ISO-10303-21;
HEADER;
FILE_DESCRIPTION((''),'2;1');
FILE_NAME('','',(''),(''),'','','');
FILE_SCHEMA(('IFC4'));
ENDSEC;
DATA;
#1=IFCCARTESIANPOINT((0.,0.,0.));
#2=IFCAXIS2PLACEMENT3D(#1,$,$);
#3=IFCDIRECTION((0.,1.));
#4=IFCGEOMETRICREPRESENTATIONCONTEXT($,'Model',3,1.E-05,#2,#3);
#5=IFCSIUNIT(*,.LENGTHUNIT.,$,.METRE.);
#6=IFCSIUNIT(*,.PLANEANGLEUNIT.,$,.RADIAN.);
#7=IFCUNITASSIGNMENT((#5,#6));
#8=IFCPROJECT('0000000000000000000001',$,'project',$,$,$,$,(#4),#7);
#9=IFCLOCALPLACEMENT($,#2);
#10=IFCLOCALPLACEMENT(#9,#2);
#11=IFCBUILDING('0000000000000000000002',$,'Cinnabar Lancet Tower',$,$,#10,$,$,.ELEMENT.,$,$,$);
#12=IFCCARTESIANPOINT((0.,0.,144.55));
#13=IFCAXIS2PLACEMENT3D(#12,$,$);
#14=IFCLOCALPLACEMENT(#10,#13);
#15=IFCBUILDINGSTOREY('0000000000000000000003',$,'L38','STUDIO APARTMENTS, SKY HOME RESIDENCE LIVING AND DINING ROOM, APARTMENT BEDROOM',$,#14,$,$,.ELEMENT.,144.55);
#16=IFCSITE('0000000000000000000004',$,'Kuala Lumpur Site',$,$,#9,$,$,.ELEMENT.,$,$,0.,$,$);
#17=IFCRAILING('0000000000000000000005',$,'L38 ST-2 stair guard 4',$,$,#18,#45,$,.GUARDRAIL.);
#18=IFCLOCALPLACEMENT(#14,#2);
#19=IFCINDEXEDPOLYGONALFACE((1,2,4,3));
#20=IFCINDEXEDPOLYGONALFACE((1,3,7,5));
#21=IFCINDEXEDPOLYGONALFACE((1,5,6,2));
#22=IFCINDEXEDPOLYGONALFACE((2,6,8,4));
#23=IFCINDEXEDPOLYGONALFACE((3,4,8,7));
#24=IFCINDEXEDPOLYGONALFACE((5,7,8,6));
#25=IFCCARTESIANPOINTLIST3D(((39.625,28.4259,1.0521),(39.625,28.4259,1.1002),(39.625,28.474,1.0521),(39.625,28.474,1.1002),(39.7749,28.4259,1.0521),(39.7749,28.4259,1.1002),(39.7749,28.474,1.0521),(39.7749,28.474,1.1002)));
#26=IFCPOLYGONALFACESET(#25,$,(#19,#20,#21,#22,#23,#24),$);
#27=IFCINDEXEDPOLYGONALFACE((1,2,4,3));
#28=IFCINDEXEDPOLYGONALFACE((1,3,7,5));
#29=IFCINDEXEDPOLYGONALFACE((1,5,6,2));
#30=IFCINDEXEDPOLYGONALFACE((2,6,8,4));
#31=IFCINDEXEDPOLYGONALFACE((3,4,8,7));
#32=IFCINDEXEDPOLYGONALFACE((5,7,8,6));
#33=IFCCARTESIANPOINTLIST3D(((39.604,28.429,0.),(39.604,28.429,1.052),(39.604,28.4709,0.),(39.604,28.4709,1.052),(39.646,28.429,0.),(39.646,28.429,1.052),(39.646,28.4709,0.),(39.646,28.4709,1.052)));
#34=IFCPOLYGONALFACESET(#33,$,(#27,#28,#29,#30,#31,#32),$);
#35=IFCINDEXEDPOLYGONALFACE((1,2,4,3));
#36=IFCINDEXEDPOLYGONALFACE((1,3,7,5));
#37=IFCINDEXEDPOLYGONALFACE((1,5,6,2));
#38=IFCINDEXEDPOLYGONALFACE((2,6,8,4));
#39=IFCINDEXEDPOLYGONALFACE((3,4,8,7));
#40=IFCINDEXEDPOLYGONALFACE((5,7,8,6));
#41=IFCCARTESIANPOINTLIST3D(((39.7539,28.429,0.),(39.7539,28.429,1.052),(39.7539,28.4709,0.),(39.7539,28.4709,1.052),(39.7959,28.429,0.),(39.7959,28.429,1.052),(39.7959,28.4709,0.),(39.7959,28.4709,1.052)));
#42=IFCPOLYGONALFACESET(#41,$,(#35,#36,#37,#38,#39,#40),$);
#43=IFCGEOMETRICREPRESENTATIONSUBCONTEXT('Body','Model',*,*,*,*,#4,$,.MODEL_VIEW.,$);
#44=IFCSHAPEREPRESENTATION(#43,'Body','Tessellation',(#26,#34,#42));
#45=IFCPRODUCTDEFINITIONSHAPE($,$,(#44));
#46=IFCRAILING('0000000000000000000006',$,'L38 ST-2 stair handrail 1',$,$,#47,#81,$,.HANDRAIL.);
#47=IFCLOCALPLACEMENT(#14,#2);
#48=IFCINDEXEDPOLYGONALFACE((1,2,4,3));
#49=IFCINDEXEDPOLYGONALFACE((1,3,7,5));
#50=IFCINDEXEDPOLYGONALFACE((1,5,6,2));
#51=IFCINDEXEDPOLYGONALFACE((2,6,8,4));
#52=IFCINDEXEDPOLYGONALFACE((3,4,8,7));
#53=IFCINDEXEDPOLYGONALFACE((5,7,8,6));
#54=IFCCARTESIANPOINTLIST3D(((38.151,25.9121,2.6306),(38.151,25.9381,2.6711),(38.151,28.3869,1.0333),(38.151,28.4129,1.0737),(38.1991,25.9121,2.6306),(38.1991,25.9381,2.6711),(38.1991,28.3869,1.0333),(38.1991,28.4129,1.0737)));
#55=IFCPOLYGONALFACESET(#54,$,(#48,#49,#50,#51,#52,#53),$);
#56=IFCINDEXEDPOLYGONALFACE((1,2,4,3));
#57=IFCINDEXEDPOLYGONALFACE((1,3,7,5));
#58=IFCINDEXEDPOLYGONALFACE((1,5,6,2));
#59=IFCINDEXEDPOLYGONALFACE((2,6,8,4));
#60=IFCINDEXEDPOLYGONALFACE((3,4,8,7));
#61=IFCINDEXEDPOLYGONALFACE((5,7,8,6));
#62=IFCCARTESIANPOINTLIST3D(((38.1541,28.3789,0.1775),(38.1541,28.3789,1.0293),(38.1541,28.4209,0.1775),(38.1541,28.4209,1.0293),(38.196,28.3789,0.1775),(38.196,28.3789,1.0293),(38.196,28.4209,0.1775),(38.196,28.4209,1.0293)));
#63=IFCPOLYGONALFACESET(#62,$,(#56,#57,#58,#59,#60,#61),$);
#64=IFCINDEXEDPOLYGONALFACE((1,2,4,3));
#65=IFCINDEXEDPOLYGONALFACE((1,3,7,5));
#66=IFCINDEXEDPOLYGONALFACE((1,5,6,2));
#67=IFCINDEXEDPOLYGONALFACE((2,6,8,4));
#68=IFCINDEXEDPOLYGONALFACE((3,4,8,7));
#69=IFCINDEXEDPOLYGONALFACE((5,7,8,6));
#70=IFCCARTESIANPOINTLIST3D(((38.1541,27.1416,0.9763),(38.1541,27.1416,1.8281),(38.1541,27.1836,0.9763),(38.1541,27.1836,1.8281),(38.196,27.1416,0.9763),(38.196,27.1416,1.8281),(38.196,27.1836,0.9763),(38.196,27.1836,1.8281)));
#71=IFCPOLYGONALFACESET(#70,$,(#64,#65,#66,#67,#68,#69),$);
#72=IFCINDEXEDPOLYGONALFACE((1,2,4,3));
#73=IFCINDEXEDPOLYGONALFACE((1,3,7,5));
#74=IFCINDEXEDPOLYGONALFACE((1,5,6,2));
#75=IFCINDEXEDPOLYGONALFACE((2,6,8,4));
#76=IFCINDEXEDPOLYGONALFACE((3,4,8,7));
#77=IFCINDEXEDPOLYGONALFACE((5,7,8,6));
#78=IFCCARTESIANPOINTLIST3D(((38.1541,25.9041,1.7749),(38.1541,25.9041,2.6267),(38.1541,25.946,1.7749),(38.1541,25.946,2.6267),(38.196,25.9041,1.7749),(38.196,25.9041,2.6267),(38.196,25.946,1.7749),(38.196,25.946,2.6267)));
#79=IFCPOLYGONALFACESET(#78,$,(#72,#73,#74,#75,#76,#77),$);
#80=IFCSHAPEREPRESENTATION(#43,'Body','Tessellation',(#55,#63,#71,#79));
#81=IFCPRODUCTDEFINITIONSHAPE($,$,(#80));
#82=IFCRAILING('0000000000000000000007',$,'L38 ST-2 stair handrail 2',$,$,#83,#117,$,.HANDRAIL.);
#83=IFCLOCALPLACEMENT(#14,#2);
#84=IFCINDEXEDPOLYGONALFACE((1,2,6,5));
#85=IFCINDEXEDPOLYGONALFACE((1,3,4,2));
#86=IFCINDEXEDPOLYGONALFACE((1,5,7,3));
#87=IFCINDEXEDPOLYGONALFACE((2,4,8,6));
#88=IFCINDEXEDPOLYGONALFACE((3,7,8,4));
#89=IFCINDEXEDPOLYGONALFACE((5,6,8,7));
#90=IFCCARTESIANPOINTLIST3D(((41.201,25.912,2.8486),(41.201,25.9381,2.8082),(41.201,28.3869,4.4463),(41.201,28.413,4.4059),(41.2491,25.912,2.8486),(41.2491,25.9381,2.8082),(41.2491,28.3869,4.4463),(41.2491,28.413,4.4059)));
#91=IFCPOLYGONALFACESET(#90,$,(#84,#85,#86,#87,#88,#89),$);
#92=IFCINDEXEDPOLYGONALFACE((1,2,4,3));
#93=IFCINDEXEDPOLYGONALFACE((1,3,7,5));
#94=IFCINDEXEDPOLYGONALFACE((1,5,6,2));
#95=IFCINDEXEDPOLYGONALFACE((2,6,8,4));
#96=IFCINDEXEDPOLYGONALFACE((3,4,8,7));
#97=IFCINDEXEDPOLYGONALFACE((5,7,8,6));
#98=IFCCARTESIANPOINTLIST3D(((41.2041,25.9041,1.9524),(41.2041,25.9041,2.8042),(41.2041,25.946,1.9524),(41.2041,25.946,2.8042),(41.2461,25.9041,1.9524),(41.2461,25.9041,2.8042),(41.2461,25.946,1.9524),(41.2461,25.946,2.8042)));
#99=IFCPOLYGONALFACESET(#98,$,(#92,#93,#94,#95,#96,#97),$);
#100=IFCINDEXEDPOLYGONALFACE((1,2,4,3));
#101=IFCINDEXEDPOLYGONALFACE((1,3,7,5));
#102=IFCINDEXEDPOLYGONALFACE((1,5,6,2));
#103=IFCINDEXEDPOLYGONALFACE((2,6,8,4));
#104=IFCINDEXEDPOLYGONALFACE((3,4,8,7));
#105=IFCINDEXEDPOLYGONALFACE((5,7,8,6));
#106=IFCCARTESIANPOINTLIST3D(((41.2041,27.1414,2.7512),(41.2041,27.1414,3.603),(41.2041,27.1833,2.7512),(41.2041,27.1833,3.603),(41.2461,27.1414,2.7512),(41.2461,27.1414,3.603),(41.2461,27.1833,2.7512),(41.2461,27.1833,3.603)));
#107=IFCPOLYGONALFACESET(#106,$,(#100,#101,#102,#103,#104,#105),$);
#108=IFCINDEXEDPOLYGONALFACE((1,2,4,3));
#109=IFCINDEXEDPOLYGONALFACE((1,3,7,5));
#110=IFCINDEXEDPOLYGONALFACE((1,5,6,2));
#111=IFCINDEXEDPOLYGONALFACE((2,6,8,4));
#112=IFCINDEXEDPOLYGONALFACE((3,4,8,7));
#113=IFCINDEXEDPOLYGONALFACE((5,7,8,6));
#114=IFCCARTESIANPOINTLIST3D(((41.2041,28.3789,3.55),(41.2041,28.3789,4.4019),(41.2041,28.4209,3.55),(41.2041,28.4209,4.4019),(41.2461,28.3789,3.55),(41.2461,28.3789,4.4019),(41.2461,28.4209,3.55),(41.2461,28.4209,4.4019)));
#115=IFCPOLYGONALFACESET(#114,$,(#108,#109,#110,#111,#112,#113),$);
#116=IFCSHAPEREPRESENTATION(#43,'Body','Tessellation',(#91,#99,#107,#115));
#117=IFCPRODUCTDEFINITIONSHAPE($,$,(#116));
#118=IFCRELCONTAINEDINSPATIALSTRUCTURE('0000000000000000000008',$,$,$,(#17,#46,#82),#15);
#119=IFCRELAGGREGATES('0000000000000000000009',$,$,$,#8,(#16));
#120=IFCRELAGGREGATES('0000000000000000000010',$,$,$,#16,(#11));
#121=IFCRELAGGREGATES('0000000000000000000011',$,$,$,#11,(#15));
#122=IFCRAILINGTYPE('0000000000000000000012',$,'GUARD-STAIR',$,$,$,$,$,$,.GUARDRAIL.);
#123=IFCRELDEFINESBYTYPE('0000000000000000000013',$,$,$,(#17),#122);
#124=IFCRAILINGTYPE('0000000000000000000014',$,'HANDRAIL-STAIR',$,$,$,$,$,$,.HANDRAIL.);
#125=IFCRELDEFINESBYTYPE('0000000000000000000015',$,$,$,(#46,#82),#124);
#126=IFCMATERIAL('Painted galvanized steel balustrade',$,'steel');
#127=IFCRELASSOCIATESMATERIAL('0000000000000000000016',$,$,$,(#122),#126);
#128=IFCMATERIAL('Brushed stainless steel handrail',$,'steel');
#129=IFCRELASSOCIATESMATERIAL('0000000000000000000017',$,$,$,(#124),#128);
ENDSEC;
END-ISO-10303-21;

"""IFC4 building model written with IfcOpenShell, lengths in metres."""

from ifc_helpers import new_model, si_unit, direction, frame, origin, origin_2d, place, context, subcontext, project, spatial, rectangle, extrude, material, type_object, element, save


model = new_model("IFC4")

# Units and contexts
model_context = context("Model", 3, precision=1e-05, world=origin(), true_north=direction((0.0, 1.0)))
body_context = subcontext(model_context, "Body", "Model", "MODEL_VIEW")
ifc_project = project(units=[si_unit("LENGTHUNIT", "METRE"), si_unit("PLANEANGLEUNIT", "RADIAN")], contexts=[model_context])

# Site, building, storey
site_placement = place(None, origin())
site = spatial("IfcSite", under=ifc_project, at=site_placement, Name="Kuala Lumpur Site", CompositionType="ELEMENT", RefElevation=0.0)
building_placement = place(site_placement, origin())
building = spatial("IfcBuilding", under=site, at=building_placement, Name="Cinnabar Lancet Tower", CompositionType="ELEMENT")
storey_placement = place(building_placement, frame((0.0, 0.0, 144.55)))
storey = spatial("IfcBuildingStorey", under=building, at=storey_placement, Name="L38", Description="STUDIO APARTMENTS, SKY HOME RESIDENCE LIVING AND DINING ROOM, APARTMENT BEDROOM", CompositionType="ELEMENT", Elevation=144.55)

# Railings
ifc_material_1 = material(Name="Painted galvanized steel balustrade", Category="steel")
railing_type_1 = type_object("IfcRailingType", Name="GUARD-STAIR", PredefinedType="GUARDRAIL", material=ifc_material_1)
railing_1_placement = place(storey_placement, frame((39.625, 28.45, 0.0)))
element("IfcRailing", 1, at=railing_1_placement, inside=storey, type_object=railing_type_1, Name="L38 ST-2 stair guard 4", PredefinedType="GUARDRAIL", context=body_context, shape_type="SweptSolid", body=[
    extrude(rectangle(XDim=0.0481, YDim=0.0481, at=origin_2d()), frame((0.0, 0.0, 1.0762), z_axis=(1.0, 0.0, 0.0), x_axis=(0.0, 1.0, 0.0)), (0.0, 0.0, 1.0), 0.1499),
    extrude(rectangle(XDim=0.042, YDim=0.042, at=origin_2d()), origin(), (0.0, 0.0, 1.0), 1.052),
    extrude(rectangle(XDim=0.042, YDim=0.042, at=origin_2d()), frame((0.1499, 0.0, 0.0)), (0.0, 0.0, 1.0), 1.052),
])
ifc_material_2 = material(Name="Brushed stainless steel handrail", Category="steel")
railing_type_2 = type_object("IfcRailingType", Name="HANDRAIL-STAIR", PredefinedType="HANDRAIL", material=ifc_material_2)
railing_2_placement = place(storey_placement, frame((38.175, 28.3999, 0.1775)))
element("IfcRailing", 2, at=railing_2_placement, inside=storey, type_object=railing_type_2, Name="L38 ST-2 stair handrail 1", PredefinedType="HANDRAIL", context=body_context, shape_type="SweptSolid", body=[
    extrude(rectangle(XDim=0.0481, YDim=0.0481, at=origin_2d()), frame((0.0, 0.0, 0.876), z_axis=(0.0, -0.840183, 0.542302), x_axis=(1.0, 0.0, 0.0)), (0.0, 0.0, 1.0), 2.9456),
    extrude(rectangle(XDim=0.042, YDim=0.042, at=origin_2d()), origin(), (0.0, 0.0, 1.0), 0.8518),
    extrude(rectangle(XDim=0.042, YDim=0.042, at=origin_2d()), frame((0.0, -1.2373, 0.7988)), (0.0, 0.0, 1.0), 0.8518),
    extrude(rectangle(XDim=0.042, YDim=0.042, at=origin_2d()), frame((0.0, -2.4749, 1.5974)), (0.0, 0.0, 1.0), 0.8518),
])
railing_3_placement = place(storey_placement, frame((41.2251, 25.925, 1.9524)))
element("IfcRailing", 3, at=railing_3_placement, inside=storey, type_object=railing_type_2, Name="L38 ST-2 stair handrail 2", PredefinedType="HANDRAIL", context=body_context, shape_type="SweptSolid", body=[
    extrude(rectangle(XDim=0.0481, YDim=0.0481, at=origin_2d()), frame((0.0, 0.0, 0.876), z_axis=(0.0, 0.840146, 0.542361), x_axis=(-1.0, 0.0, 0.0)), (0.0, 0.0, 1.0), 2.9458),
    extrude(rectangle(XDim=0.042, YDim=0.042, at=origin_2d()), origin(), (0.0, 0.0, 1.0), 0.8518),
    extrude(rectangle(XDim=0.042, YDim=0.042, at=origin_2d()), frame((0.0, 1.2373, 0.7988)), (0.0, 0.0, 1.0), 0.8518),
    extrude(rectangle(XDim=0.042, YDim=0.042, at=origin_2d()), frame((0.0, 2.4749, 1.5977)), (0.0, 0.0, 1.0), 0.8518),
])

save(model, "model.ifc")
